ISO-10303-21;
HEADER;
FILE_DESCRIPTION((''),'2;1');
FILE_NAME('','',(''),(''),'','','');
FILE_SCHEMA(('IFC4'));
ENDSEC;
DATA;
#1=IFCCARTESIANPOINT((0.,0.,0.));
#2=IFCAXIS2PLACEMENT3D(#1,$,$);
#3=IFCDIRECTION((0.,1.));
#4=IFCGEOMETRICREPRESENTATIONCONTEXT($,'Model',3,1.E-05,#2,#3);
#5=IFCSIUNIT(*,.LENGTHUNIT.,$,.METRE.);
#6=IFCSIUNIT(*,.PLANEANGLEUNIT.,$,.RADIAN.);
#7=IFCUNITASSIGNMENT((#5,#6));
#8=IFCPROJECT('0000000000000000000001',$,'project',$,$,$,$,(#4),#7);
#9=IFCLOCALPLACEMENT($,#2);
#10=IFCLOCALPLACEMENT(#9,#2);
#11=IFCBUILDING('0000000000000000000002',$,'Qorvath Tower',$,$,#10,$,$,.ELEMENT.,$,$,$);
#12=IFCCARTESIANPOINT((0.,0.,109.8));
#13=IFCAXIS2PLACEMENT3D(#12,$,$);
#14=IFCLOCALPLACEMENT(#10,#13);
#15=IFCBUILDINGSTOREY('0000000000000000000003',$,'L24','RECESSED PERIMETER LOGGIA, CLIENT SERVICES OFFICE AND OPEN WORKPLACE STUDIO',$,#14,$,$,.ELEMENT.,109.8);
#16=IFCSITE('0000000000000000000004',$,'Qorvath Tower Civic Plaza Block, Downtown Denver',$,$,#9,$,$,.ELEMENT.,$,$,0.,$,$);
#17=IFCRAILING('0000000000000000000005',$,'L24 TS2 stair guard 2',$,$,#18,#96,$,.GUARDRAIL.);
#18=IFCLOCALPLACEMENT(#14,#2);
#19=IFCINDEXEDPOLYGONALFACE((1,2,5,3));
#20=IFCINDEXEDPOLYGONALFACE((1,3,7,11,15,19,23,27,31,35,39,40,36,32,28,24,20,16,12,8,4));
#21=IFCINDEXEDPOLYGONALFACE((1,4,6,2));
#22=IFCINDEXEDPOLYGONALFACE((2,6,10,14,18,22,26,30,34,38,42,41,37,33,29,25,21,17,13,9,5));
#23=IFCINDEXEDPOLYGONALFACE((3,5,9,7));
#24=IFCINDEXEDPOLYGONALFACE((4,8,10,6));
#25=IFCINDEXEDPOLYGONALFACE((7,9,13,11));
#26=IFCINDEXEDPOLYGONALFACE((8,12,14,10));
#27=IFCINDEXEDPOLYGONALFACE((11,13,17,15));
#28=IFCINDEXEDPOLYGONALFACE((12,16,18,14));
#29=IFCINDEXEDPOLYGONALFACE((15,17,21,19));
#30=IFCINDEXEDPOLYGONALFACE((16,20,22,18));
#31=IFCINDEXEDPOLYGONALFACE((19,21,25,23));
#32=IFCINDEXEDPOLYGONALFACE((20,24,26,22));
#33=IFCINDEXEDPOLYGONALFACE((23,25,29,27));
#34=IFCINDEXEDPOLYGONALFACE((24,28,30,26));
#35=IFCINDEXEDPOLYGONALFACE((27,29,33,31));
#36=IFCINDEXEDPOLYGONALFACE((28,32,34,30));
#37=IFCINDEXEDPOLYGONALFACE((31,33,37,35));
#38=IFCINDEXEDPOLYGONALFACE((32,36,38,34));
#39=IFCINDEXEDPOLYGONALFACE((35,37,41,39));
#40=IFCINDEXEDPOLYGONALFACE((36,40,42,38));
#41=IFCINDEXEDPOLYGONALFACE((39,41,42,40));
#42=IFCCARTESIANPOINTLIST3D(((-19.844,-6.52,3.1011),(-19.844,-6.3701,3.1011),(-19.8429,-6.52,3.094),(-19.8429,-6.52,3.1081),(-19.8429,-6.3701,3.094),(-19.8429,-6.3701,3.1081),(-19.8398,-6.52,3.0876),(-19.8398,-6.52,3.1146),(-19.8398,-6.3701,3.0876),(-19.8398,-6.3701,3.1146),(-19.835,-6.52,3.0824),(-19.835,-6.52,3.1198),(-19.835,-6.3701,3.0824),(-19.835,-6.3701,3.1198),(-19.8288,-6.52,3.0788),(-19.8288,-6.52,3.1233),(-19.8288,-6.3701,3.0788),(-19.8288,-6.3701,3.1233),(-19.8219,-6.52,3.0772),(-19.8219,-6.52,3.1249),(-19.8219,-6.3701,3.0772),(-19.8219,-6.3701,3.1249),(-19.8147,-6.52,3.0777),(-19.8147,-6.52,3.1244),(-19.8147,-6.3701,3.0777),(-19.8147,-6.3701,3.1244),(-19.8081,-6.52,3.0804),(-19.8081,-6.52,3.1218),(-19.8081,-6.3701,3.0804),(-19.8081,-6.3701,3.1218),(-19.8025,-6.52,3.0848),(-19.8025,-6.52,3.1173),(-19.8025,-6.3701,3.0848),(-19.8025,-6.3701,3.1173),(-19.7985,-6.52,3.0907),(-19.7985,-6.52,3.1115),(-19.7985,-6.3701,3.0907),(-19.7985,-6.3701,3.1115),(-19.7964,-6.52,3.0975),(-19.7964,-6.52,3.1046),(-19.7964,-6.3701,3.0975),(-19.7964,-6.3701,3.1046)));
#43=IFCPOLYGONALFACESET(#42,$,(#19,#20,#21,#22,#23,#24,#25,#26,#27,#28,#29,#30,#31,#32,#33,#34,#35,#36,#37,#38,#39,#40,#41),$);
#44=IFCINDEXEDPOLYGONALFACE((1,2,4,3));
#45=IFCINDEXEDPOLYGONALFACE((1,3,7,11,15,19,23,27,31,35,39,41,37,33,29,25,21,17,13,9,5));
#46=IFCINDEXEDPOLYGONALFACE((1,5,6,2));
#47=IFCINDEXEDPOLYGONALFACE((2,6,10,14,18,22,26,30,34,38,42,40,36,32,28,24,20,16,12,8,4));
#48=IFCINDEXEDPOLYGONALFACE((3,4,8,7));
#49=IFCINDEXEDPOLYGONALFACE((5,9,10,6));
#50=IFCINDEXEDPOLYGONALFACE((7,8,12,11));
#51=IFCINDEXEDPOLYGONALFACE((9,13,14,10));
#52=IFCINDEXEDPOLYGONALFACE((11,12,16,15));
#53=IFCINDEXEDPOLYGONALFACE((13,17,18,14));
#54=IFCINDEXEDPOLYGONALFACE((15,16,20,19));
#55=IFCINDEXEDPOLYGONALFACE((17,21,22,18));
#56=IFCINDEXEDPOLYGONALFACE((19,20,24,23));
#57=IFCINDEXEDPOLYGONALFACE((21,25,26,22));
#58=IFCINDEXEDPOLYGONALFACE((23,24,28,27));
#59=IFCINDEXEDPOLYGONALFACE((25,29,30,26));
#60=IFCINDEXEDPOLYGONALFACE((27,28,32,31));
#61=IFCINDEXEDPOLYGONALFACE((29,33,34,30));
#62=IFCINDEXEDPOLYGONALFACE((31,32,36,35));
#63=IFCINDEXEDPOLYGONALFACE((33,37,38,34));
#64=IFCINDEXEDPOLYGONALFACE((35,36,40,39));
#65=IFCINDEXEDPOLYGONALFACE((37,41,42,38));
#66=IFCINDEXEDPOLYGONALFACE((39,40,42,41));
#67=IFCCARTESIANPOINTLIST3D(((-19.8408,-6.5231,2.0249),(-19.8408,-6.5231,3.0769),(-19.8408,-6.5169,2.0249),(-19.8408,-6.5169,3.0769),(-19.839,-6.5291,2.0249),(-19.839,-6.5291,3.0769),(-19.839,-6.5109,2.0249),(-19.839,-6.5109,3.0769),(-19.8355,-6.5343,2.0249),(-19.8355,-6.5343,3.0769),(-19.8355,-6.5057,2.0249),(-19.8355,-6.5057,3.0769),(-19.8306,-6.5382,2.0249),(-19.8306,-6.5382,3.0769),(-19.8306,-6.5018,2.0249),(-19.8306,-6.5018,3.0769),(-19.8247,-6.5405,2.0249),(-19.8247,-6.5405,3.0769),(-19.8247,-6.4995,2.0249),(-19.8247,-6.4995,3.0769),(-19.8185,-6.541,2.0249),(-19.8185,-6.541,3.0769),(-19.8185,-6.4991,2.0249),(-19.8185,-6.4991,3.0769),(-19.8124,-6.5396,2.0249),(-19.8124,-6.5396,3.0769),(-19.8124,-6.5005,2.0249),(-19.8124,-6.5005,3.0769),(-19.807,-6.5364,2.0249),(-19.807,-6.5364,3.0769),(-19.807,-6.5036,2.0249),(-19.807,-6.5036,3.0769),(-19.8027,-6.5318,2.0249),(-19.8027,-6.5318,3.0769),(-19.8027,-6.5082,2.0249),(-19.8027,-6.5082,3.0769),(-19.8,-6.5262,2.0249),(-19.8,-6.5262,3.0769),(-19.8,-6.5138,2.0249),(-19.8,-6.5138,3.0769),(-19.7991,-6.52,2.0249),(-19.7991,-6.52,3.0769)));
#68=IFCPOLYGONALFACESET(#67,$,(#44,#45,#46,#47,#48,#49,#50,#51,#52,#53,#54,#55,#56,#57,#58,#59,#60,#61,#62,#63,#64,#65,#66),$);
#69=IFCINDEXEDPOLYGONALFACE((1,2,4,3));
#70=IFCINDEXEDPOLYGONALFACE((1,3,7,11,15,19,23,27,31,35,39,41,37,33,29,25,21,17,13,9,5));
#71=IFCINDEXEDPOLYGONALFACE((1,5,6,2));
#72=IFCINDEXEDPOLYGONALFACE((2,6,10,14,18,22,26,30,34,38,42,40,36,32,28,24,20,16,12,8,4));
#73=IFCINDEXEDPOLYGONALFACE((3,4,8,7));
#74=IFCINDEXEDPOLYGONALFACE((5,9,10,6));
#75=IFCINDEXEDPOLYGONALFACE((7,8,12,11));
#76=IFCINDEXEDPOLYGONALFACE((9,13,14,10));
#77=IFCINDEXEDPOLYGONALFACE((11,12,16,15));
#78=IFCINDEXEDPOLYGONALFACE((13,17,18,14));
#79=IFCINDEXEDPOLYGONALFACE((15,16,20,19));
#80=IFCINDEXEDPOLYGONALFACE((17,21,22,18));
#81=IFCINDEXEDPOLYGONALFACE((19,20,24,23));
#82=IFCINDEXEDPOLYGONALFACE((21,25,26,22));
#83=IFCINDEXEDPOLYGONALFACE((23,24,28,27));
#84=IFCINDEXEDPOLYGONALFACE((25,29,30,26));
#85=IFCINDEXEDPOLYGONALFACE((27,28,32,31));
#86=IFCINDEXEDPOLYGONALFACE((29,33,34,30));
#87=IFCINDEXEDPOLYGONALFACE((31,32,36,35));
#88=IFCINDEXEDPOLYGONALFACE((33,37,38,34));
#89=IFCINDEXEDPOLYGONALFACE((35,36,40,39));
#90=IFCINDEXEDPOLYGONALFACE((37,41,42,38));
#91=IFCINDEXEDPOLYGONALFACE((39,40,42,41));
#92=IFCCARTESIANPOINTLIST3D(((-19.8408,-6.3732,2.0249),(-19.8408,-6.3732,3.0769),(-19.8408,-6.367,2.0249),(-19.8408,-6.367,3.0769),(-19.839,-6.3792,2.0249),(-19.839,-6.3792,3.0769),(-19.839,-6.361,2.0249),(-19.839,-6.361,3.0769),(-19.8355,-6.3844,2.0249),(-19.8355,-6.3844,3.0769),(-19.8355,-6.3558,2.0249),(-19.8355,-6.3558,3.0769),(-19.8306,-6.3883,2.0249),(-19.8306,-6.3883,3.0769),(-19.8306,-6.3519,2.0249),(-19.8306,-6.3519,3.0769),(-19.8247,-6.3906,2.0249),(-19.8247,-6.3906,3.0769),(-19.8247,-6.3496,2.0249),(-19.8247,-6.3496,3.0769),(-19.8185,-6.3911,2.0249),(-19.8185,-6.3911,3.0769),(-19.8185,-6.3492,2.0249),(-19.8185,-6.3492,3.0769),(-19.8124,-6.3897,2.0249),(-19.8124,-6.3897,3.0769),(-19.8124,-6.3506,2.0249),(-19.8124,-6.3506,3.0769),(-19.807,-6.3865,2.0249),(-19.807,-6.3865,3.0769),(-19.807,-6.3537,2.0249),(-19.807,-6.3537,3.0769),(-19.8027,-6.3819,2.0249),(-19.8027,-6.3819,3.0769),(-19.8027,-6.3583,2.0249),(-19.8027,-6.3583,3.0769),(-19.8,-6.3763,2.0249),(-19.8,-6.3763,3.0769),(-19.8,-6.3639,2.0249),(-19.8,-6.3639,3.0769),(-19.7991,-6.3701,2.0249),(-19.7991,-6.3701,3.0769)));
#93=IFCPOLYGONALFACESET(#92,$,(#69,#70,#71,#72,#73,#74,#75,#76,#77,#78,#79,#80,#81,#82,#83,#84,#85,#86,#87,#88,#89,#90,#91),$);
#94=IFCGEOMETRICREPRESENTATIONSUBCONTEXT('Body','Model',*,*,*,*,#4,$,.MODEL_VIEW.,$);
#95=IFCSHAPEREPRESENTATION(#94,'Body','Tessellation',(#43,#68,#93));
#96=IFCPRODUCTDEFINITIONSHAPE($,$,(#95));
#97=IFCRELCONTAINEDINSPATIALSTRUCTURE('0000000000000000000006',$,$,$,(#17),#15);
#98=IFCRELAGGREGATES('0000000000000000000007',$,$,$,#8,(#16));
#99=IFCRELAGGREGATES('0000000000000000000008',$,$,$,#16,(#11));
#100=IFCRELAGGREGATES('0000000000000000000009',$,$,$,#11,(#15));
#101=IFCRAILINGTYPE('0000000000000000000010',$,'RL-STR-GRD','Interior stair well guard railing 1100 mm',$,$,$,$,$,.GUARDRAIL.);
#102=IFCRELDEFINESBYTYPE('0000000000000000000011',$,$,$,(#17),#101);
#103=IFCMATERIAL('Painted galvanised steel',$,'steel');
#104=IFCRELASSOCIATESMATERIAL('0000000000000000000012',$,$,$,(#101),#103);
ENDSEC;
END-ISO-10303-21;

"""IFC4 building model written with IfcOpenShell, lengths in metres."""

from ifc_helpers import new_model, si_unit, direction, frame, origin, origin_2d, place, context, subcontext, project, spatial, circle, extrude, material, type_object, element, save


model = new_model("IFC4")

# Units and contexts
model_context = context("Model", 3, precision=1e-05, world=origin(), true_north=direction((0.0, 1.0)))
body_context = subcontext(model_context, "Body", "Model", "MODEL_VIEW")
ifc_project = project(units=[si_unit("LENGTHUNIT", "METRE"), si_unit("PLANEANGLEUNIT", "RADIAN")], contexts=[model_context])

# Site, building, storey
site_placement = place(None, origin())
site = spatial("IfcSite", under=ifc_project, at=site_placement, Name="Qorvath Tower Civic Plaza Block, Downtown Denver", CompositionType="ELEMENT", RefElevation=0.0)
building_placement = place(site_placement, origin())
building = spatial("IfcBuilding", under=site, at=building_placement, Name="Qorvath Tower", CompositionType="ELEMENT")
storey_placement = place(building_placement, frame((0.0, 0.0, 109.8)))
storey = spatial("IfcBuildingStorey", under=building, at=storey_placement, Name="L24", Description="RECESSED PERIMETER LOGGIA, CLIENT SERVICES OFFICE AND OPEN WORKPLACE STUDIO", CompositionType="ELEMENT", Elevation=109.8)

# Railing
ifc_material_1 = material(Name="Painted galvanised steel", Category="steel")
railing_type_1 = type_object("IfcRailingType", Name="RL-STR-GRD", Description="Interior stair well guard railing 1100 mm", PredefinedType="GUARDRAIL", material=ifc_material_1)
railing_1_placement = place(storey_placement, frame((-19.8201, -6.52, 2.0249)))
element("IfcRailing", 1, at=railing_1_placement, inside=storey, type_object=railing_type_1, Name="L24 TS2 stair guard 2", PredefinedType="GUARDRAIL", context=body_context, shape_type="SweptSolid", body=[
    extrude(circle(Radius=0.0239, at=origin_2d()), frame((0.0, 0.0, 1.0762), z_axis=(0.0, 1.0, 0.0), x_axis=(-1.0, 0.0, 0.0)), (0.0, 0.0, 1.0), 0.1499),
    extrude(circle(Radius=0.021, at=origin_2d()), origin(), (0.0, 0.0, 1.0), 1.052),
    extrude(circle(Radius=0.021, at=origin_2d()), frame((0.0, 0.1499, 0.0)), (0.0, 0.0, 1.0), 1.052),
])

save(model, "model.ifc")
